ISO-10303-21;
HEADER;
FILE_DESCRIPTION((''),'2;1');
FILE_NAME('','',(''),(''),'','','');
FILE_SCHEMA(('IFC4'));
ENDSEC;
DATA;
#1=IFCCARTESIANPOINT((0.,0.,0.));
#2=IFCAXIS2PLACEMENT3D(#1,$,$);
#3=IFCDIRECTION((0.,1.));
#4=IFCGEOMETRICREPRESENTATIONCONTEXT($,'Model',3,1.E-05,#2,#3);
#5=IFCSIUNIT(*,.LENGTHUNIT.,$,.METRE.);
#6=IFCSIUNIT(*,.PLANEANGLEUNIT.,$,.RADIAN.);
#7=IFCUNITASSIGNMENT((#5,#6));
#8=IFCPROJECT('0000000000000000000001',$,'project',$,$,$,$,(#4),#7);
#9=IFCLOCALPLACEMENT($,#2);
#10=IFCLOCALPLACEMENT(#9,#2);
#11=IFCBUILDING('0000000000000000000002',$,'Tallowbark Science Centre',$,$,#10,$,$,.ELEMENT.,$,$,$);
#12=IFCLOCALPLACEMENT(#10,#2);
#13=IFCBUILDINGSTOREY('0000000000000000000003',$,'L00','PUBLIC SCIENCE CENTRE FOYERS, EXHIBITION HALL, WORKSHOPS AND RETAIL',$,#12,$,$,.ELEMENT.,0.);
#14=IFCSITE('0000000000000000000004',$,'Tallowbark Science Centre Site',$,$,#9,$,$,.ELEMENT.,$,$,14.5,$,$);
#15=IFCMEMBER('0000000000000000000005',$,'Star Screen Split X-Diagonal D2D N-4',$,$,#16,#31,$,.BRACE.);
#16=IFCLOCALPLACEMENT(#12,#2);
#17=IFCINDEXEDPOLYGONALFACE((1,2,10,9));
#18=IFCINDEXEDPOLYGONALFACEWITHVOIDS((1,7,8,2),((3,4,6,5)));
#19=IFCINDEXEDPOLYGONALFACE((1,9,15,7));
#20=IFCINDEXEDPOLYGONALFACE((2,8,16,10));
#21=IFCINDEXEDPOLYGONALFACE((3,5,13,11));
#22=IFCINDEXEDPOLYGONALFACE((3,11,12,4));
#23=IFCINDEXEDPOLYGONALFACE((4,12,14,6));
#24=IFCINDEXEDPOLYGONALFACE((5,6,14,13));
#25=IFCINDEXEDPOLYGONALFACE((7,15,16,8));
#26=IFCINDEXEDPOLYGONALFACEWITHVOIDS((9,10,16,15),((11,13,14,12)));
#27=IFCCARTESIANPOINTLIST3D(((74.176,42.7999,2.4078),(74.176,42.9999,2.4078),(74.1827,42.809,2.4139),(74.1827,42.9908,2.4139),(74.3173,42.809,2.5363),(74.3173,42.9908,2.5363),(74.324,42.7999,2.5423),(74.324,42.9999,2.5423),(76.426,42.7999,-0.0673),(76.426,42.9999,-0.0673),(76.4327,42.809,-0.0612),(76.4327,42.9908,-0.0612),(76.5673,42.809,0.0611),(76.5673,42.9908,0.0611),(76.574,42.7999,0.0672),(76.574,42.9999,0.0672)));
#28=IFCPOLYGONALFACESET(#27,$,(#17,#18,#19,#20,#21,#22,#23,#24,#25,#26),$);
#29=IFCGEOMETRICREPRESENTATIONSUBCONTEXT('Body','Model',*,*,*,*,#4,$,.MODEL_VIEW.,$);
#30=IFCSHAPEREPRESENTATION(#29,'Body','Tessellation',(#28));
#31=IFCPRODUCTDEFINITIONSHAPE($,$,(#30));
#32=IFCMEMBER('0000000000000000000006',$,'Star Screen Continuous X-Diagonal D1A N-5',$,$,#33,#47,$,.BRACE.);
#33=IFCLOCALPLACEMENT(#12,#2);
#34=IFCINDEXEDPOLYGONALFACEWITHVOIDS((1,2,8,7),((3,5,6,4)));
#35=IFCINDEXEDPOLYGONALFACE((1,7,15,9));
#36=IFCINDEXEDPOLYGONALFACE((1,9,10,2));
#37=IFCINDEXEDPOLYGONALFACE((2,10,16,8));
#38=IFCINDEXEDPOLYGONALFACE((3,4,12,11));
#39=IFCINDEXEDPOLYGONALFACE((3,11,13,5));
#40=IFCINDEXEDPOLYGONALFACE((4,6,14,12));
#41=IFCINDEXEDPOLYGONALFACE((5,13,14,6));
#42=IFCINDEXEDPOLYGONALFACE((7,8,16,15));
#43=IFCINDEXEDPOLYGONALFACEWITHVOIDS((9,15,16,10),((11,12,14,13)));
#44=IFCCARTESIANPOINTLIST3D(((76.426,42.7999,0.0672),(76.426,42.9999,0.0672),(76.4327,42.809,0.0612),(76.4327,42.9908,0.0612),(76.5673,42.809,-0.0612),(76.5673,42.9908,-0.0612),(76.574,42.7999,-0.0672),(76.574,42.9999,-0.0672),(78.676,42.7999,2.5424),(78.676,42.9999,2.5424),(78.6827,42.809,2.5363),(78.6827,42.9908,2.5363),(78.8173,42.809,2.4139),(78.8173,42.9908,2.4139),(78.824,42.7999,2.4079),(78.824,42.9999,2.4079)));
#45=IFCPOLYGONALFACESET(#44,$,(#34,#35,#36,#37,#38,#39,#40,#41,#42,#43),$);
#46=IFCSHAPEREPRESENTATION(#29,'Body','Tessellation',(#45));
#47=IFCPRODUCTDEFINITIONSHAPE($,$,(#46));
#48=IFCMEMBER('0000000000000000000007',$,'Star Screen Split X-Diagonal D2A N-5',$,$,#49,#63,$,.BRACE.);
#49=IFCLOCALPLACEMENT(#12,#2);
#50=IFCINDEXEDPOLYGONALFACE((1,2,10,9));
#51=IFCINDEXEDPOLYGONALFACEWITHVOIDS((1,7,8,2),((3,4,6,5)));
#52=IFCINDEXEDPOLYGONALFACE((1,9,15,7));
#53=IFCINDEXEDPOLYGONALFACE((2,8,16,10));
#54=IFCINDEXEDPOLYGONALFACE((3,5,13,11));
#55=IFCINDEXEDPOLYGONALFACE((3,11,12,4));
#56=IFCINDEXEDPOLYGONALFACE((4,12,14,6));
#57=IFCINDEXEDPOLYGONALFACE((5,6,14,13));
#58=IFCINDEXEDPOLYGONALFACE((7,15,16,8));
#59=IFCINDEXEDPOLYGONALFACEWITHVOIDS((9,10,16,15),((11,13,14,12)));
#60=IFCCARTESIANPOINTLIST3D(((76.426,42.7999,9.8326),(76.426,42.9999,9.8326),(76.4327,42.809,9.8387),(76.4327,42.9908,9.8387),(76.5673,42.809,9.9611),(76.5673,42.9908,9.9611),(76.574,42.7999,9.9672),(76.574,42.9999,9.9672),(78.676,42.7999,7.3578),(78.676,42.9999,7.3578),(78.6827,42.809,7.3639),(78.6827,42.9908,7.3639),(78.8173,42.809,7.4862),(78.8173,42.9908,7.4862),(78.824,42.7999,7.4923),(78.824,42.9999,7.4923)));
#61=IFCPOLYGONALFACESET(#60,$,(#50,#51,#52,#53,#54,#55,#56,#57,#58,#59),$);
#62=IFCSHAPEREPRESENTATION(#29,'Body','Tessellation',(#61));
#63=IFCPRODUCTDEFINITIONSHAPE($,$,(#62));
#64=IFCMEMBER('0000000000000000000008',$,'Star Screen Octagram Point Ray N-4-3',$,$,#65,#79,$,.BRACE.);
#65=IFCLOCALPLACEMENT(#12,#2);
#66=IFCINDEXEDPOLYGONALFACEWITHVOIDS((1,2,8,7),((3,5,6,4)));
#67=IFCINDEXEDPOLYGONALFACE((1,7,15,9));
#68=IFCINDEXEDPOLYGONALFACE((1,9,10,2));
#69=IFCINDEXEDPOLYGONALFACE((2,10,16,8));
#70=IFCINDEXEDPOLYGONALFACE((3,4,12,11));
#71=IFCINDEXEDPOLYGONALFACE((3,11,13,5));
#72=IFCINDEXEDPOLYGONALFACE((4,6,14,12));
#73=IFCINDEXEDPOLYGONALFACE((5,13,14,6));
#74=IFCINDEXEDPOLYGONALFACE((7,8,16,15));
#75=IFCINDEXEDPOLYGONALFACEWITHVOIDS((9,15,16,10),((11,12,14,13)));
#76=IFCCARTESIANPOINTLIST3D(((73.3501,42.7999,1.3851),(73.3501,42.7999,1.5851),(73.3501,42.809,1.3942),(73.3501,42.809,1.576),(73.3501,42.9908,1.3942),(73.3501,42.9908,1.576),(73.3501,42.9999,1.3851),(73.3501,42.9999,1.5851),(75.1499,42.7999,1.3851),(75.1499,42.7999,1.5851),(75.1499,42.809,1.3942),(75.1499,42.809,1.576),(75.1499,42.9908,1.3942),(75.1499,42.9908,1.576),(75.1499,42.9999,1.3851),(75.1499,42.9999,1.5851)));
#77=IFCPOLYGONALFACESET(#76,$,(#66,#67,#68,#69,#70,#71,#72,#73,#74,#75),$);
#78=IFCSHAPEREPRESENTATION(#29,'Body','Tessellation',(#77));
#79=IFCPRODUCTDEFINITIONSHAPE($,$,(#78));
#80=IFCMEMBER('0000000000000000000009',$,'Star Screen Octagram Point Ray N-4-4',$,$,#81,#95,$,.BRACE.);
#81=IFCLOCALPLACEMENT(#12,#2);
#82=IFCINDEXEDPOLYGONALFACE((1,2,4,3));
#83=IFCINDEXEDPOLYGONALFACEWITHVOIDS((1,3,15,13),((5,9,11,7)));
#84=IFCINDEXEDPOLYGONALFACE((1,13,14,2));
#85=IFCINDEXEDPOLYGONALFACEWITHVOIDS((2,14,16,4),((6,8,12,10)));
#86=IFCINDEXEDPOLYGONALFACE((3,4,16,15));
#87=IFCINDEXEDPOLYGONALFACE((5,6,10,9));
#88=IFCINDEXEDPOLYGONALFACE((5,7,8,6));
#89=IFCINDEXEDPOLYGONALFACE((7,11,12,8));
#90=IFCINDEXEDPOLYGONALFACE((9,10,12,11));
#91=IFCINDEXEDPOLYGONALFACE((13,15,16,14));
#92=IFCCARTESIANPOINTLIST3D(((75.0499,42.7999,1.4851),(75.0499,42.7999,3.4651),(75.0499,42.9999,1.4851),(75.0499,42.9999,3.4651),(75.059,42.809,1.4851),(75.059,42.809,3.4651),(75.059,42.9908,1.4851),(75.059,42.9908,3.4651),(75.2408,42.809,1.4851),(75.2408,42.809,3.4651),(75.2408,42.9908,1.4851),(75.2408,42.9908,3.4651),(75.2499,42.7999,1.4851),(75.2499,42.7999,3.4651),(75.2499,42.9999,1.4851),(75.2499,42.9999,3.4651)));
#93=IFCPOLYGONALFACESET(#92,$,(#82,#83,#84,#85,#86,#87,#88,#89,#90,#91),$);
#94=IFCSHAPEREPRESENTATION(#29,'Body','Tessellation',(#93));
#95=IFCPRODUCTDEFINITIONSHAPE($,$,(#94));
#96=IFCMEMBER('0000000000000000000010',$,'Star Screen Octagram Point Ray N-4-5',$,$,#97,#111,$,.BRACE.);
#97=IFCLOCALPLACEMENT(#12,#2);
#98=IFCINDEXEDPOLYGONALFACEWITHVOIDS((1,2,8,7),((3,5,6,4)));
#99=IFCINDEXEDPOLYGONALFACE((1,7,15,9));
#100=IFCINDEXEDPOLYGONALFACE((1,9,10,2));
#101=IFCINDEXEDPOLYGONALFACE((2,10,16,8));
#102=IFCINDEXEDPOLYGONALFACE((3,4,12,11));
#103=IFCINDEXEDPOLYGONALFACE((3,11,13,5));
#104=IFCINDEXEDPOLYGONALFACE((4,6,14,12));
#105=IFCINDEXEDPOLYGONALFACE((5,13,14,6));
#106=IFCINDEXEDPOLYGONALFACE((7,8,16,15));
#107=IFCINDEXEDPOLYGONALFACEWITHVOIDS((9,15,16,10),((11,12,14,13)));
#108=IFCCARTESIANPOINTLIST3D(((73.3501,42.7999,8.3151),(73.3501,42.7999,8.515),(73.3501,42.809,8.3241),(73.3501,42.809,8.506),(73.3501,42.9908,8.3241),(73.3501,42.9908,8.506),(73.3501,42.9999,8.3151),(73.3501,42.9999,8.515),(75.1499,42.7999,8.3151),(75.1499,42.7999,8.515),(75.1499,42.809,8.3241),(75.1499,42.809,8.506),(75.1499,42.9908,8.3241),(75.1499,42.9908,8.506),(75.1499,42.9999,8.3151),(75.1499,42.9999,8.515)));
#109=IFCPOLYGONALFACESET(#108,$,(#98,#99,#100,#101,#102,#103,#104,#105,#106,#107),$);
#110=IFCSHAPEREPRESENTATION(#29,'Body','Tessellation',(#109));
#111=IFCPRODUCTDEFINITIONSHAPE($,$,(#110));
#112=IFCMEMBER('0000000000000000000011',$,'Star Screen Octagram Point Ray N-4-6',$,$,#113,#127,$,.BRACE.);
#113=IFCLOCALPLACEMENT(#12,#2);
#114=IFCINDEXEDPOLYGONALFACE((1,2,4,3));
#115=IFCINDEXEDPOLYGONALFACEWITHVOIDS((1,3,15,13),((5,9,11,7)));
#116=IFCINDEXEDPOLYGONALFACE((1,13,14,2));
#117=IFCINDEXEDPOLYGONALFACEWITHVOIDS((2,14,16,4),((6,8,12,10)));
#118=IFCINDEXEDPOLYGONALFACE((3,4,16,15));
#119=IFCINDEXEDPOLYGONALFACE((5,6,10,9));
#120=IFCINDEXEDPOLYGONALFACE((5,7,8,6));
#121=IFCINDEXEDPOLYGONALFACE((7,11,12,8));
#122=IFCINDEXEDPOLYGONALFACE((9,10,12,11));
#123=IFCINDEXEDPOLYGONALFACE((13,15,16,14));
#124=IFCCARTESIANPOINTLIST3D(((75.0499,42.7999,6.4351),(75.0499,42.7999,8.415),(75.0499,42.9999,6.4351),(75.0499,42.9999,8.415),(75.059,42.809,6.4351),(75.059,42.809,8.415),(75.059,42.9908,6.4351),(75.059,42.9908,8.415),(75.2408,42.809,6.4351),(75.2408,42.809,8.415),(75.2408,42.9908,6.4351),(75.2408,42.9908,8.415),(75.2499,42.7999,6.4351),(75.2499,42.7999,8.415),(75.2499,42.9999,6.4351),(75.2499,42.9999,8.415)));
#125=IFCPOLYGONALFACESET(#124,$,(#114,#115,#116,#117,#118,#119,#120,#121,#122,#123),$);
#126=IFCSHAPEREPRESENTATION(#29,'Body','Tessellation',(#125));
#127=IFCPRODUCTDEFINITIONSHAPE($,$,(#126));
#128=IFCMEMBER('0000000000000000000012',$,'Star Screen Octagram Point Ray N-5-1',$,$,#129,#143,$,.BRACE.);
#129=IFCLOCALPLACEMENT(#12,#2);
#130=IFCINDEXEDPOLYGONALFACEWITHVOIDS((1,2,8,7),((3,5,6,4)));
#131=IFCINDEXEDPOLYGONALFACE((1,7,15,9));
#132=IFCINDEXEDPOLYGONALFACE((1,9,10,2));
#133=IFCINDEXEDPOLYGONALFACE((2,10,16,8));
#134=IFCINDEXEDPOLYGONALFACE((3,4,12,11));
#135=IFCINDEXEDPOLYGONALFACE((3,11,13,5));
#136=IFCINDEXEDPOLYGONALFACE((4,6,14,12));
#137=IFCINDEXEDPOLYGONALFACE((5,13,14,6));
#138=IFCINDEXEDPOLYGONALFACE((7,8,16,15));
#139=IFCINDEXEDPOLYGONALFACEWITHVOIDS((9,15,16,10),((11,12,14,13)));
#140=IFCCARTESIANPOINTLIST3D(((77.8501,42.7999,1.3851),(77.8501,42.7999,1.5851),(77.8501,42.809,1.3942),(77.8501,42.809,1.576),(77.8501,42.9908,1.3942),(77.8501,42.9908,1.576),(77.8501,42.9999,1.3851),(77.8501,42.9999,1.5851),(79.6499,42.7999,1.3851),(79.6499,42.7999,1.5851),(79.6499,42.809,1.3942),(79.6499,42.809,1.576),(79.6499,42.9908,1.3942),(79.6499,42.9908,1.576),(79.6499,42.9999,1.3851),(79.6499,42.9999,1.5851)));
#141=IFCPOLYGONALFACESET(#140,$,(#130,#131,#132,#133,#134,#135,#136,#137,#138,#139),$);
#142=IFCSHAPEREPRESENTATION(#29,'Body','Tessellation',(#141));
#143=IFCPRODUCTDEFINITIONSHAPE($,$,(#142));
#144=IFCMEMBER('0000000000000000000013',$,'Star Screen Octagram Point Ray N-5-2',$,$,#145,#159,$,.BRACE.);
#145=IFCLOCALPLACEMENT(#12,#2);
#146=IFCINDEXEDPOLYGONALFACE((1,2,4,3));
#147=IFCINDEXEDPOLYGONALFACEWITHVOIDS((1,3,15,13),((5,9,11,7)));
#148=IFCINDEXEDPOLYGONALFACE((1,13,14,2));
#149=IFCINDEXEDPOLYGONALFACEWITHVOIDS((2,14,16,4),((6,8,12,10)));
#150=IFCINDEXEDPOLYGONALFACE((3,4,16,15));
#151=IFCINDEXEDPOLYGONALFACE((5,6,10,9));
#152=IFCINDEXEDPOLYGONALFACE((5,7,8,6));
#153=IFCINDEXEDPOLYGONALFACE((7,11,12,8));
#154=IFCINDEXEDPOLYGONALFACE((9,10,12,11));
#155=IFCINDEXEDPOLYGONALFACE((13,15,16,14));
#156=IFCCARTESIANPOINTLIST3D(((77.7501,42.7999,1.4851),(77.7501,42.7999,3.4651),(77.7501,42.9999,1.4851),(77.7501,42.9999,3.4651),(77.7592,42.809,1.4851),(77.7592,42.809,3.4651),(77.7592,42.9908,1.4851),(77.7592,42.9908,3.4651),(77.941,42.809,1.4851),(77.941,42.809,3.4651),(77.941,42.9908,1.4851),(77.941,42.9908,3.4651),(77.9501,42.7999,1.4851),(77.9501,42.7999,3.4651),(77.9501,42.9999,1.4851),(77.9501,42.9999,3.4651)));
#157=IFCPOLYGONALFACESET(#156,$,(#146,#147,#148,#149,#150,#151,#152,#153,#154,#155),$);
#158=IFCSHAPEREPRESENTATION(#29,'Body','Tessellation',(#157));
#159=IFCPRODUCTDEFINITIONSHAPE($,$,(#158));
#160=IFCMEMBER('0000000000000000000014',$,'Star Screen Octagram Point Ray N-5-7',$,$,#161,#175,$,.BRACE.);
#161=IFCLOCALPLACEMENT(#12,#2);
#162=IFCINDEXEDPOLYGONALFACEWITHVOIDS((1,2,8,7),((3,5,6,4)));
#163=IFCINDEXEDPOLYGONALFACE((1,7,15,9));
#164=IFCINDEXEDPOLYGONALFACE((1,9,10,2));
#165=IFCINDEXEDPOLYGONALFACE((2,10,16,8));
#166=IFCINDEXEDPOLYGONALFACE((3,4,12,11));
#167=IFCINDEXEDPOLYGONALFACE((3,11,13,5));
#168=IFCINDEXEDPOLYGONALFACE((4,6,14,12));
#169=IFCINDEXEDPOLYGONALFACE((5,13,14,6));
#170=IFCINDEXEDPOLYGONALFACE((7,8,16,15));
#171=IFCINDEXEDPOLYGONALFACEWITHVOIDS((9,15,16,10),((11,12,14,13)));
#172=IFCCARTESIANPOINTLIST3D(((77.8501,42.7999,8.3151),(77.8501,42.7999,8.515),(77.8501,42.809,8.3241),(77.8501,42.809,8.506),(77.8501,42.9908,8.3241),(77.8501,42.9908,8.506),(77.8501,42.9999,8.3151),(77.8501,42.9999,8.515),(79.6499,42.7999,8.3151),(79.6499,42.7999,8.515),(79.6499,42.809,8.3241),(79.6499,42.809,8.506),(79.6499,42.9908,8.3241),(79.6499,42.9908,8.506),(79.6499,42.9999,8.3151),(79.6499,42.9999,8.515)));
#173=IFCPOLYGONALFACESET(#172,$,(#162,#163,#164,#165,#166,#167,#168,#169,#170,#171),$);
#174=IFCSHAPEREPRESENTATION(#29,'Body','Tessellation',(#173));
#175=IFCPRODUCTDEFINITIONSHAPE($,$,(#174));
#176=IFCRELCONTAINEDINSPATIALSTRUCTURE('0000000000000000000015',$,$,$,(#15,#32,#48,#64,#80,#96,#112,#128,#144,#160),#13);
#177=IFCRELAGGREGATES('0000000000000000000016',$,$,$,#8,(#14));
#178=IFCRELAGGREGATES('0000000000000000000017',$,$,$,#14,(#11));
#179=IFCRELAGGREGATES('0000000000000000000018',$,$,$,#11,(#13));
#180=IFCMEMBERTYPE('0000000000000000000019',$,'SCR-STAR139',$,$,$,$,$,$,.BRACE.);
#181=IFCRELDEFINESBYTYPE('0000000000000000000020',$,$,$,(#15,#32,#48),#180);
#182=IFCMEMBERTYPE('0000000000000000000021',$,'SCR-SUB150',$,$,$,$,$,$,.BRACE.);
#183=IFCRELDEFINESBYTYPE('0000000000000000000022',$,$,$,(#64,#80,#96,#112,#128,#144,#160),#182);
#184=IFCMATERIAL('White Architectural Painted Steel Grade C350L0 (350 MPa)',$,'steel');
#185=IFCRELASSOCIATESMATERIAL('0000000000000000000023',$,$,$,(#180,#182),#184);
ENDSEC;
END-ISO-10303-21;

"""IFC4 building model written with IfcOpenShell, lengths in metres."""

from ifc_helpers import new_model, si_unit, direction, frame, origin, origin_2d, place, context, subcontext, project, spatial, hollow_rectangle, extrude, material, material_profile, profile_set, type_object, element, save


model = new_model("IFC4")

# Units and contexts
model_context = context("Model", 3, precision=1e-05, world=origin(), true_north=direction((0.0, 1.0)))
body_context = subcontext(model_context, "Body", "Model", "MODEL_VIEW")
ifc_project = project(units=[si_unit("LENGTHUNIT", "METRE"), si_unit("PLANEANGLEUNIT", "RADIAN")], contexts=[model_context])

# Site, building, storey
site_placement = place(None, origin())
site = spatial("IfcSite", under=ifc_project, at=site_placement, Name="Tallowbark Science Centre Site", CompositionType="ELEMENT", RefElevation=14.5)
building_placement = place(site_placement, origin())
building = spatial("IfcBuilding", under=site, at=building_placement, Name="Tallowbark Science Centre", CompositionType="ELEMENT")
storey_placement = place(building_placement, origin())
storey = spatial("IfcBuildingStorey", under=building, at=storey_placement, Name="L00", Description="PUBLIC SCIENCE CENTRE FOYERS, EXHIBITION HALL, WORKSHOPS AND RETAIL", CompositionType="ELEMENT", Elevation=0.0)

# Shared definitions
ifc_material_1 = material(Name="White Architectural Painted Steel Grade C350L0 (350 MPa)", Category="steel")

# Members
ifc_material_profile_1 = material_profile(ifc_material_1, hollow_rectangle(XDim=0.2, YDim=0.2, WallThickness=0.009, at=origin_2d()), Name="200x200x9.0SHS")
ifc_profile_set_1 = profile_set([ifc_material_profile_1], Name="White Architectural Painted Steel Grade C350L0 (350 MPa)")
member_type_1 = type_object("IfcMemberType", Name="SCR-STAR139", PredefinedType="BRACE", material=ifc_profile_set_1)
for number, where, z_axis, x_axis, name in (
    (1, (74.25, 42.8999, 2.4751), (0.672658, 0.0, -0.739953), (0.0, 1.0, 0.0), "Star Screen Split X-Diagonal D2D N-4"),
    (2, (76.5, 42.8999, 0.0), (0.672658, 0.0, 0.739953), (0.0, 1.0, 0.0), "Star Screen Continuous X-Diagonal D1A N-5"),
):
    element("IfcMember", number, at=place(storey_placement, frame(where, z_axis=z_axis, x_axis=x_axis)), inside=storey, type_object=member_type_1, Name=name, PredefinedType="BRACE", context=body_context, shape_type="SweptSolid", body=[
        extrude(hollow_rectangle(XDim=0.2, YDim=0.2, WallThickness=0.009, at=origin_2d()), origin(), (0.0, 0.0, 1.0), 3.345),
    ])
member_1_placement = place(storey_placement, frame((76.5, 42.8999, 9.8999), z_axis=(0.672695, 0.0, -0.73992), x_axis=(0.0, 1.0, 0.0)))
element("IfcMember", 3, at=member_1_placement, inside=storey, type_object=member_type_1, Name="Star Screen Split X-Diagonal D2A N-5", PredefinedType="BRACE", context=body_context, shape_type="SweptSolid", body=[
    extrude(hollow_rectangle(XDim=0.2, YDim=0.2, WallThickness=0.009, at=origin_2d()), origin(), (0.0, 0.0, 1.0), 3.3447),
])
ifc_material_profile_2 = material_profile(ifc_material_1, hollow_rectangle(XDim=0.2, YDim=0.2, WallThickness=0.009, at=origin_2d()), Name="200x200x9.0SHS")
ifc_profile_set_2 = profile_set([ifc_material_profile_2], Name="White Architectural Painted Steel Grade C350L0 (350 MPa)")
member_type_2 = type_object("IfcMemberType", Name="SCR-SUB150", PredefinedType="BRACE", material=ifc_profile_set_2)
member_2_placement = place(storey_placement, frame((75.1499, 42.8999, 1.4851), z_axis=(-1.0, 0.0, 0.0), x_axis=(0.0, -1.0, 0.0)))
element("IfcMember", 4, at=member_2_placement, inside=storey, type_object=member_type_2, Name="Star Screen Octagram Point Ray N-4-3", PredefinedType="BRACE", context=body_context, shape_type="SweptSolid", body=[
    extrude(hollow_rectangle(XDim=0.2, YDim=0.2, WallThickness=0.009, at=origin_2d()), origin(), (0.0, 0.0, 1.0), 1.7998),
])
member_3_placement = place(storey_placement, frame((75.1499, 42.8999, 1.4851), z_axis=(0.0, 0.0, 1.0), x_axis=(1.0, 0.0, 0.0)))
element("IfcMember", 5, at=member_3_placement, inside=storey, type_object=member_type_2, Name="Star Screen Octagram Point Ray N-4-4", PredefinedType="BRACE", context=body_context, shape_type="SweptSolid", body=[
    extrude(hollow_rectangle(XDim=0.2, YDim=0.2, WallThickness=0.009, at=origin_2d()), origin(), (0.0, 0.0, 1.0), 1.98),
])
member_4_placement = place(storey_placement, frame((75.1499, 42.8999, 8.415), z_axis=(-1.0, 0.0, 0.0), x_axis=(0.0, -1.0, 0.0)))
element("IfcMember", 6, at=member_4_placement, inside=storey, type_object=member_type_2, Name="Star Screen Octagram Point Ray N-4-5", PredefinedType="BRACE", context=body_context, shape_type="SweptSolid", body=[
    extrude(hollow_rectangle(XDim=0.2, YDim=0.2, WallThickness=0.009, at=origin_2d()), origin(), (0.0, 0.0, 1.0), 1.7998),
])
member_5_placement = place(storey_placement, frame((75.1499, 42.8999, 8.415), z_axis=(0.0, 0.0, -1.0), x_axis=(1.0, 0.0, 0.0)))
element("IfcMember", 7, at=member_5_placement, inside=storey, type_object=member_type_2, Name="Star Screen Octagram Point Ray N-4-6", PredefinedType="BRACE", context=body_context, shape_type="SweptSolid", body=[
    extrude(hollow_rectangle(XDim=0.2, YDim=0.2, WallThickness=0.009, at=origin_2d()), origin(), (0.0, 0.0, 1.0), 1.98),
])
member_6_placement = place(storey_placement, frame((77.8501, 42.8999, 1.4851), z_axis=(1.0, 0.0, 0.0), x_axis=(0.0, 1.0, 0.0)))
element("IfcMember", 8, at=member_6_placement, inside=storey, type_object=member_type_2, Name="Star Screen Octagram Point Ray N-5-1", PredefinedType="BRACE", context=body_context, shape_type="SweptSolid", body=[
    extrude(hollow_rectangle(XDim=0.2, YDim=0.2, WallThickness=0.009, at=origin_2d()), origin(), (0.0, 0.0, 1.0), 1.7998),
])
member_7_placement = place(storey_placement, frame((77.8501, 42.8999, 1.4851), z_axis=(0.0, 0.0, 1.0), x_axis=(1.0, 0.0, 0.0)))
element("IfcMember", 9, at=member_7_placement, inside=storey, type_object=member_type_2, Name="Star Screen Octagram Point Ray N-5-2", PredefinedType="BRACE", context=body_context, shape_type="SweptSolid", body=[
    extrude(hollow_rectangle(XDim=0.2, YDim=0.2, WallThickness=0.009, at=origin_2d()), origin(), (0.0, 0.0, 1.0), 1.98),
])
member_8_placement = place(storey_placement, frame((77.8501, 42.8999, 8.415), z_axis=(1.0, 0.0, 0.0), x_axis=(0.0, 1.0, 0.0)))
element("IfcMember", 10, at=member_8_placement, inside=storey, type_object=member_type_2, Name="Star Screen Octagram Point Ray N-5-7", PredefinedType="BRACE", context=body_context, shape_type="SweptSolid", body=[
    extrude(hollow_rectangle(XDim=0.2, YDim=0.2, WallThickness=0.009, at=origin_2d()), origin(), (0.0, 0.0, 1.0), 1.7998),
])

save(model, "model.ifc")
